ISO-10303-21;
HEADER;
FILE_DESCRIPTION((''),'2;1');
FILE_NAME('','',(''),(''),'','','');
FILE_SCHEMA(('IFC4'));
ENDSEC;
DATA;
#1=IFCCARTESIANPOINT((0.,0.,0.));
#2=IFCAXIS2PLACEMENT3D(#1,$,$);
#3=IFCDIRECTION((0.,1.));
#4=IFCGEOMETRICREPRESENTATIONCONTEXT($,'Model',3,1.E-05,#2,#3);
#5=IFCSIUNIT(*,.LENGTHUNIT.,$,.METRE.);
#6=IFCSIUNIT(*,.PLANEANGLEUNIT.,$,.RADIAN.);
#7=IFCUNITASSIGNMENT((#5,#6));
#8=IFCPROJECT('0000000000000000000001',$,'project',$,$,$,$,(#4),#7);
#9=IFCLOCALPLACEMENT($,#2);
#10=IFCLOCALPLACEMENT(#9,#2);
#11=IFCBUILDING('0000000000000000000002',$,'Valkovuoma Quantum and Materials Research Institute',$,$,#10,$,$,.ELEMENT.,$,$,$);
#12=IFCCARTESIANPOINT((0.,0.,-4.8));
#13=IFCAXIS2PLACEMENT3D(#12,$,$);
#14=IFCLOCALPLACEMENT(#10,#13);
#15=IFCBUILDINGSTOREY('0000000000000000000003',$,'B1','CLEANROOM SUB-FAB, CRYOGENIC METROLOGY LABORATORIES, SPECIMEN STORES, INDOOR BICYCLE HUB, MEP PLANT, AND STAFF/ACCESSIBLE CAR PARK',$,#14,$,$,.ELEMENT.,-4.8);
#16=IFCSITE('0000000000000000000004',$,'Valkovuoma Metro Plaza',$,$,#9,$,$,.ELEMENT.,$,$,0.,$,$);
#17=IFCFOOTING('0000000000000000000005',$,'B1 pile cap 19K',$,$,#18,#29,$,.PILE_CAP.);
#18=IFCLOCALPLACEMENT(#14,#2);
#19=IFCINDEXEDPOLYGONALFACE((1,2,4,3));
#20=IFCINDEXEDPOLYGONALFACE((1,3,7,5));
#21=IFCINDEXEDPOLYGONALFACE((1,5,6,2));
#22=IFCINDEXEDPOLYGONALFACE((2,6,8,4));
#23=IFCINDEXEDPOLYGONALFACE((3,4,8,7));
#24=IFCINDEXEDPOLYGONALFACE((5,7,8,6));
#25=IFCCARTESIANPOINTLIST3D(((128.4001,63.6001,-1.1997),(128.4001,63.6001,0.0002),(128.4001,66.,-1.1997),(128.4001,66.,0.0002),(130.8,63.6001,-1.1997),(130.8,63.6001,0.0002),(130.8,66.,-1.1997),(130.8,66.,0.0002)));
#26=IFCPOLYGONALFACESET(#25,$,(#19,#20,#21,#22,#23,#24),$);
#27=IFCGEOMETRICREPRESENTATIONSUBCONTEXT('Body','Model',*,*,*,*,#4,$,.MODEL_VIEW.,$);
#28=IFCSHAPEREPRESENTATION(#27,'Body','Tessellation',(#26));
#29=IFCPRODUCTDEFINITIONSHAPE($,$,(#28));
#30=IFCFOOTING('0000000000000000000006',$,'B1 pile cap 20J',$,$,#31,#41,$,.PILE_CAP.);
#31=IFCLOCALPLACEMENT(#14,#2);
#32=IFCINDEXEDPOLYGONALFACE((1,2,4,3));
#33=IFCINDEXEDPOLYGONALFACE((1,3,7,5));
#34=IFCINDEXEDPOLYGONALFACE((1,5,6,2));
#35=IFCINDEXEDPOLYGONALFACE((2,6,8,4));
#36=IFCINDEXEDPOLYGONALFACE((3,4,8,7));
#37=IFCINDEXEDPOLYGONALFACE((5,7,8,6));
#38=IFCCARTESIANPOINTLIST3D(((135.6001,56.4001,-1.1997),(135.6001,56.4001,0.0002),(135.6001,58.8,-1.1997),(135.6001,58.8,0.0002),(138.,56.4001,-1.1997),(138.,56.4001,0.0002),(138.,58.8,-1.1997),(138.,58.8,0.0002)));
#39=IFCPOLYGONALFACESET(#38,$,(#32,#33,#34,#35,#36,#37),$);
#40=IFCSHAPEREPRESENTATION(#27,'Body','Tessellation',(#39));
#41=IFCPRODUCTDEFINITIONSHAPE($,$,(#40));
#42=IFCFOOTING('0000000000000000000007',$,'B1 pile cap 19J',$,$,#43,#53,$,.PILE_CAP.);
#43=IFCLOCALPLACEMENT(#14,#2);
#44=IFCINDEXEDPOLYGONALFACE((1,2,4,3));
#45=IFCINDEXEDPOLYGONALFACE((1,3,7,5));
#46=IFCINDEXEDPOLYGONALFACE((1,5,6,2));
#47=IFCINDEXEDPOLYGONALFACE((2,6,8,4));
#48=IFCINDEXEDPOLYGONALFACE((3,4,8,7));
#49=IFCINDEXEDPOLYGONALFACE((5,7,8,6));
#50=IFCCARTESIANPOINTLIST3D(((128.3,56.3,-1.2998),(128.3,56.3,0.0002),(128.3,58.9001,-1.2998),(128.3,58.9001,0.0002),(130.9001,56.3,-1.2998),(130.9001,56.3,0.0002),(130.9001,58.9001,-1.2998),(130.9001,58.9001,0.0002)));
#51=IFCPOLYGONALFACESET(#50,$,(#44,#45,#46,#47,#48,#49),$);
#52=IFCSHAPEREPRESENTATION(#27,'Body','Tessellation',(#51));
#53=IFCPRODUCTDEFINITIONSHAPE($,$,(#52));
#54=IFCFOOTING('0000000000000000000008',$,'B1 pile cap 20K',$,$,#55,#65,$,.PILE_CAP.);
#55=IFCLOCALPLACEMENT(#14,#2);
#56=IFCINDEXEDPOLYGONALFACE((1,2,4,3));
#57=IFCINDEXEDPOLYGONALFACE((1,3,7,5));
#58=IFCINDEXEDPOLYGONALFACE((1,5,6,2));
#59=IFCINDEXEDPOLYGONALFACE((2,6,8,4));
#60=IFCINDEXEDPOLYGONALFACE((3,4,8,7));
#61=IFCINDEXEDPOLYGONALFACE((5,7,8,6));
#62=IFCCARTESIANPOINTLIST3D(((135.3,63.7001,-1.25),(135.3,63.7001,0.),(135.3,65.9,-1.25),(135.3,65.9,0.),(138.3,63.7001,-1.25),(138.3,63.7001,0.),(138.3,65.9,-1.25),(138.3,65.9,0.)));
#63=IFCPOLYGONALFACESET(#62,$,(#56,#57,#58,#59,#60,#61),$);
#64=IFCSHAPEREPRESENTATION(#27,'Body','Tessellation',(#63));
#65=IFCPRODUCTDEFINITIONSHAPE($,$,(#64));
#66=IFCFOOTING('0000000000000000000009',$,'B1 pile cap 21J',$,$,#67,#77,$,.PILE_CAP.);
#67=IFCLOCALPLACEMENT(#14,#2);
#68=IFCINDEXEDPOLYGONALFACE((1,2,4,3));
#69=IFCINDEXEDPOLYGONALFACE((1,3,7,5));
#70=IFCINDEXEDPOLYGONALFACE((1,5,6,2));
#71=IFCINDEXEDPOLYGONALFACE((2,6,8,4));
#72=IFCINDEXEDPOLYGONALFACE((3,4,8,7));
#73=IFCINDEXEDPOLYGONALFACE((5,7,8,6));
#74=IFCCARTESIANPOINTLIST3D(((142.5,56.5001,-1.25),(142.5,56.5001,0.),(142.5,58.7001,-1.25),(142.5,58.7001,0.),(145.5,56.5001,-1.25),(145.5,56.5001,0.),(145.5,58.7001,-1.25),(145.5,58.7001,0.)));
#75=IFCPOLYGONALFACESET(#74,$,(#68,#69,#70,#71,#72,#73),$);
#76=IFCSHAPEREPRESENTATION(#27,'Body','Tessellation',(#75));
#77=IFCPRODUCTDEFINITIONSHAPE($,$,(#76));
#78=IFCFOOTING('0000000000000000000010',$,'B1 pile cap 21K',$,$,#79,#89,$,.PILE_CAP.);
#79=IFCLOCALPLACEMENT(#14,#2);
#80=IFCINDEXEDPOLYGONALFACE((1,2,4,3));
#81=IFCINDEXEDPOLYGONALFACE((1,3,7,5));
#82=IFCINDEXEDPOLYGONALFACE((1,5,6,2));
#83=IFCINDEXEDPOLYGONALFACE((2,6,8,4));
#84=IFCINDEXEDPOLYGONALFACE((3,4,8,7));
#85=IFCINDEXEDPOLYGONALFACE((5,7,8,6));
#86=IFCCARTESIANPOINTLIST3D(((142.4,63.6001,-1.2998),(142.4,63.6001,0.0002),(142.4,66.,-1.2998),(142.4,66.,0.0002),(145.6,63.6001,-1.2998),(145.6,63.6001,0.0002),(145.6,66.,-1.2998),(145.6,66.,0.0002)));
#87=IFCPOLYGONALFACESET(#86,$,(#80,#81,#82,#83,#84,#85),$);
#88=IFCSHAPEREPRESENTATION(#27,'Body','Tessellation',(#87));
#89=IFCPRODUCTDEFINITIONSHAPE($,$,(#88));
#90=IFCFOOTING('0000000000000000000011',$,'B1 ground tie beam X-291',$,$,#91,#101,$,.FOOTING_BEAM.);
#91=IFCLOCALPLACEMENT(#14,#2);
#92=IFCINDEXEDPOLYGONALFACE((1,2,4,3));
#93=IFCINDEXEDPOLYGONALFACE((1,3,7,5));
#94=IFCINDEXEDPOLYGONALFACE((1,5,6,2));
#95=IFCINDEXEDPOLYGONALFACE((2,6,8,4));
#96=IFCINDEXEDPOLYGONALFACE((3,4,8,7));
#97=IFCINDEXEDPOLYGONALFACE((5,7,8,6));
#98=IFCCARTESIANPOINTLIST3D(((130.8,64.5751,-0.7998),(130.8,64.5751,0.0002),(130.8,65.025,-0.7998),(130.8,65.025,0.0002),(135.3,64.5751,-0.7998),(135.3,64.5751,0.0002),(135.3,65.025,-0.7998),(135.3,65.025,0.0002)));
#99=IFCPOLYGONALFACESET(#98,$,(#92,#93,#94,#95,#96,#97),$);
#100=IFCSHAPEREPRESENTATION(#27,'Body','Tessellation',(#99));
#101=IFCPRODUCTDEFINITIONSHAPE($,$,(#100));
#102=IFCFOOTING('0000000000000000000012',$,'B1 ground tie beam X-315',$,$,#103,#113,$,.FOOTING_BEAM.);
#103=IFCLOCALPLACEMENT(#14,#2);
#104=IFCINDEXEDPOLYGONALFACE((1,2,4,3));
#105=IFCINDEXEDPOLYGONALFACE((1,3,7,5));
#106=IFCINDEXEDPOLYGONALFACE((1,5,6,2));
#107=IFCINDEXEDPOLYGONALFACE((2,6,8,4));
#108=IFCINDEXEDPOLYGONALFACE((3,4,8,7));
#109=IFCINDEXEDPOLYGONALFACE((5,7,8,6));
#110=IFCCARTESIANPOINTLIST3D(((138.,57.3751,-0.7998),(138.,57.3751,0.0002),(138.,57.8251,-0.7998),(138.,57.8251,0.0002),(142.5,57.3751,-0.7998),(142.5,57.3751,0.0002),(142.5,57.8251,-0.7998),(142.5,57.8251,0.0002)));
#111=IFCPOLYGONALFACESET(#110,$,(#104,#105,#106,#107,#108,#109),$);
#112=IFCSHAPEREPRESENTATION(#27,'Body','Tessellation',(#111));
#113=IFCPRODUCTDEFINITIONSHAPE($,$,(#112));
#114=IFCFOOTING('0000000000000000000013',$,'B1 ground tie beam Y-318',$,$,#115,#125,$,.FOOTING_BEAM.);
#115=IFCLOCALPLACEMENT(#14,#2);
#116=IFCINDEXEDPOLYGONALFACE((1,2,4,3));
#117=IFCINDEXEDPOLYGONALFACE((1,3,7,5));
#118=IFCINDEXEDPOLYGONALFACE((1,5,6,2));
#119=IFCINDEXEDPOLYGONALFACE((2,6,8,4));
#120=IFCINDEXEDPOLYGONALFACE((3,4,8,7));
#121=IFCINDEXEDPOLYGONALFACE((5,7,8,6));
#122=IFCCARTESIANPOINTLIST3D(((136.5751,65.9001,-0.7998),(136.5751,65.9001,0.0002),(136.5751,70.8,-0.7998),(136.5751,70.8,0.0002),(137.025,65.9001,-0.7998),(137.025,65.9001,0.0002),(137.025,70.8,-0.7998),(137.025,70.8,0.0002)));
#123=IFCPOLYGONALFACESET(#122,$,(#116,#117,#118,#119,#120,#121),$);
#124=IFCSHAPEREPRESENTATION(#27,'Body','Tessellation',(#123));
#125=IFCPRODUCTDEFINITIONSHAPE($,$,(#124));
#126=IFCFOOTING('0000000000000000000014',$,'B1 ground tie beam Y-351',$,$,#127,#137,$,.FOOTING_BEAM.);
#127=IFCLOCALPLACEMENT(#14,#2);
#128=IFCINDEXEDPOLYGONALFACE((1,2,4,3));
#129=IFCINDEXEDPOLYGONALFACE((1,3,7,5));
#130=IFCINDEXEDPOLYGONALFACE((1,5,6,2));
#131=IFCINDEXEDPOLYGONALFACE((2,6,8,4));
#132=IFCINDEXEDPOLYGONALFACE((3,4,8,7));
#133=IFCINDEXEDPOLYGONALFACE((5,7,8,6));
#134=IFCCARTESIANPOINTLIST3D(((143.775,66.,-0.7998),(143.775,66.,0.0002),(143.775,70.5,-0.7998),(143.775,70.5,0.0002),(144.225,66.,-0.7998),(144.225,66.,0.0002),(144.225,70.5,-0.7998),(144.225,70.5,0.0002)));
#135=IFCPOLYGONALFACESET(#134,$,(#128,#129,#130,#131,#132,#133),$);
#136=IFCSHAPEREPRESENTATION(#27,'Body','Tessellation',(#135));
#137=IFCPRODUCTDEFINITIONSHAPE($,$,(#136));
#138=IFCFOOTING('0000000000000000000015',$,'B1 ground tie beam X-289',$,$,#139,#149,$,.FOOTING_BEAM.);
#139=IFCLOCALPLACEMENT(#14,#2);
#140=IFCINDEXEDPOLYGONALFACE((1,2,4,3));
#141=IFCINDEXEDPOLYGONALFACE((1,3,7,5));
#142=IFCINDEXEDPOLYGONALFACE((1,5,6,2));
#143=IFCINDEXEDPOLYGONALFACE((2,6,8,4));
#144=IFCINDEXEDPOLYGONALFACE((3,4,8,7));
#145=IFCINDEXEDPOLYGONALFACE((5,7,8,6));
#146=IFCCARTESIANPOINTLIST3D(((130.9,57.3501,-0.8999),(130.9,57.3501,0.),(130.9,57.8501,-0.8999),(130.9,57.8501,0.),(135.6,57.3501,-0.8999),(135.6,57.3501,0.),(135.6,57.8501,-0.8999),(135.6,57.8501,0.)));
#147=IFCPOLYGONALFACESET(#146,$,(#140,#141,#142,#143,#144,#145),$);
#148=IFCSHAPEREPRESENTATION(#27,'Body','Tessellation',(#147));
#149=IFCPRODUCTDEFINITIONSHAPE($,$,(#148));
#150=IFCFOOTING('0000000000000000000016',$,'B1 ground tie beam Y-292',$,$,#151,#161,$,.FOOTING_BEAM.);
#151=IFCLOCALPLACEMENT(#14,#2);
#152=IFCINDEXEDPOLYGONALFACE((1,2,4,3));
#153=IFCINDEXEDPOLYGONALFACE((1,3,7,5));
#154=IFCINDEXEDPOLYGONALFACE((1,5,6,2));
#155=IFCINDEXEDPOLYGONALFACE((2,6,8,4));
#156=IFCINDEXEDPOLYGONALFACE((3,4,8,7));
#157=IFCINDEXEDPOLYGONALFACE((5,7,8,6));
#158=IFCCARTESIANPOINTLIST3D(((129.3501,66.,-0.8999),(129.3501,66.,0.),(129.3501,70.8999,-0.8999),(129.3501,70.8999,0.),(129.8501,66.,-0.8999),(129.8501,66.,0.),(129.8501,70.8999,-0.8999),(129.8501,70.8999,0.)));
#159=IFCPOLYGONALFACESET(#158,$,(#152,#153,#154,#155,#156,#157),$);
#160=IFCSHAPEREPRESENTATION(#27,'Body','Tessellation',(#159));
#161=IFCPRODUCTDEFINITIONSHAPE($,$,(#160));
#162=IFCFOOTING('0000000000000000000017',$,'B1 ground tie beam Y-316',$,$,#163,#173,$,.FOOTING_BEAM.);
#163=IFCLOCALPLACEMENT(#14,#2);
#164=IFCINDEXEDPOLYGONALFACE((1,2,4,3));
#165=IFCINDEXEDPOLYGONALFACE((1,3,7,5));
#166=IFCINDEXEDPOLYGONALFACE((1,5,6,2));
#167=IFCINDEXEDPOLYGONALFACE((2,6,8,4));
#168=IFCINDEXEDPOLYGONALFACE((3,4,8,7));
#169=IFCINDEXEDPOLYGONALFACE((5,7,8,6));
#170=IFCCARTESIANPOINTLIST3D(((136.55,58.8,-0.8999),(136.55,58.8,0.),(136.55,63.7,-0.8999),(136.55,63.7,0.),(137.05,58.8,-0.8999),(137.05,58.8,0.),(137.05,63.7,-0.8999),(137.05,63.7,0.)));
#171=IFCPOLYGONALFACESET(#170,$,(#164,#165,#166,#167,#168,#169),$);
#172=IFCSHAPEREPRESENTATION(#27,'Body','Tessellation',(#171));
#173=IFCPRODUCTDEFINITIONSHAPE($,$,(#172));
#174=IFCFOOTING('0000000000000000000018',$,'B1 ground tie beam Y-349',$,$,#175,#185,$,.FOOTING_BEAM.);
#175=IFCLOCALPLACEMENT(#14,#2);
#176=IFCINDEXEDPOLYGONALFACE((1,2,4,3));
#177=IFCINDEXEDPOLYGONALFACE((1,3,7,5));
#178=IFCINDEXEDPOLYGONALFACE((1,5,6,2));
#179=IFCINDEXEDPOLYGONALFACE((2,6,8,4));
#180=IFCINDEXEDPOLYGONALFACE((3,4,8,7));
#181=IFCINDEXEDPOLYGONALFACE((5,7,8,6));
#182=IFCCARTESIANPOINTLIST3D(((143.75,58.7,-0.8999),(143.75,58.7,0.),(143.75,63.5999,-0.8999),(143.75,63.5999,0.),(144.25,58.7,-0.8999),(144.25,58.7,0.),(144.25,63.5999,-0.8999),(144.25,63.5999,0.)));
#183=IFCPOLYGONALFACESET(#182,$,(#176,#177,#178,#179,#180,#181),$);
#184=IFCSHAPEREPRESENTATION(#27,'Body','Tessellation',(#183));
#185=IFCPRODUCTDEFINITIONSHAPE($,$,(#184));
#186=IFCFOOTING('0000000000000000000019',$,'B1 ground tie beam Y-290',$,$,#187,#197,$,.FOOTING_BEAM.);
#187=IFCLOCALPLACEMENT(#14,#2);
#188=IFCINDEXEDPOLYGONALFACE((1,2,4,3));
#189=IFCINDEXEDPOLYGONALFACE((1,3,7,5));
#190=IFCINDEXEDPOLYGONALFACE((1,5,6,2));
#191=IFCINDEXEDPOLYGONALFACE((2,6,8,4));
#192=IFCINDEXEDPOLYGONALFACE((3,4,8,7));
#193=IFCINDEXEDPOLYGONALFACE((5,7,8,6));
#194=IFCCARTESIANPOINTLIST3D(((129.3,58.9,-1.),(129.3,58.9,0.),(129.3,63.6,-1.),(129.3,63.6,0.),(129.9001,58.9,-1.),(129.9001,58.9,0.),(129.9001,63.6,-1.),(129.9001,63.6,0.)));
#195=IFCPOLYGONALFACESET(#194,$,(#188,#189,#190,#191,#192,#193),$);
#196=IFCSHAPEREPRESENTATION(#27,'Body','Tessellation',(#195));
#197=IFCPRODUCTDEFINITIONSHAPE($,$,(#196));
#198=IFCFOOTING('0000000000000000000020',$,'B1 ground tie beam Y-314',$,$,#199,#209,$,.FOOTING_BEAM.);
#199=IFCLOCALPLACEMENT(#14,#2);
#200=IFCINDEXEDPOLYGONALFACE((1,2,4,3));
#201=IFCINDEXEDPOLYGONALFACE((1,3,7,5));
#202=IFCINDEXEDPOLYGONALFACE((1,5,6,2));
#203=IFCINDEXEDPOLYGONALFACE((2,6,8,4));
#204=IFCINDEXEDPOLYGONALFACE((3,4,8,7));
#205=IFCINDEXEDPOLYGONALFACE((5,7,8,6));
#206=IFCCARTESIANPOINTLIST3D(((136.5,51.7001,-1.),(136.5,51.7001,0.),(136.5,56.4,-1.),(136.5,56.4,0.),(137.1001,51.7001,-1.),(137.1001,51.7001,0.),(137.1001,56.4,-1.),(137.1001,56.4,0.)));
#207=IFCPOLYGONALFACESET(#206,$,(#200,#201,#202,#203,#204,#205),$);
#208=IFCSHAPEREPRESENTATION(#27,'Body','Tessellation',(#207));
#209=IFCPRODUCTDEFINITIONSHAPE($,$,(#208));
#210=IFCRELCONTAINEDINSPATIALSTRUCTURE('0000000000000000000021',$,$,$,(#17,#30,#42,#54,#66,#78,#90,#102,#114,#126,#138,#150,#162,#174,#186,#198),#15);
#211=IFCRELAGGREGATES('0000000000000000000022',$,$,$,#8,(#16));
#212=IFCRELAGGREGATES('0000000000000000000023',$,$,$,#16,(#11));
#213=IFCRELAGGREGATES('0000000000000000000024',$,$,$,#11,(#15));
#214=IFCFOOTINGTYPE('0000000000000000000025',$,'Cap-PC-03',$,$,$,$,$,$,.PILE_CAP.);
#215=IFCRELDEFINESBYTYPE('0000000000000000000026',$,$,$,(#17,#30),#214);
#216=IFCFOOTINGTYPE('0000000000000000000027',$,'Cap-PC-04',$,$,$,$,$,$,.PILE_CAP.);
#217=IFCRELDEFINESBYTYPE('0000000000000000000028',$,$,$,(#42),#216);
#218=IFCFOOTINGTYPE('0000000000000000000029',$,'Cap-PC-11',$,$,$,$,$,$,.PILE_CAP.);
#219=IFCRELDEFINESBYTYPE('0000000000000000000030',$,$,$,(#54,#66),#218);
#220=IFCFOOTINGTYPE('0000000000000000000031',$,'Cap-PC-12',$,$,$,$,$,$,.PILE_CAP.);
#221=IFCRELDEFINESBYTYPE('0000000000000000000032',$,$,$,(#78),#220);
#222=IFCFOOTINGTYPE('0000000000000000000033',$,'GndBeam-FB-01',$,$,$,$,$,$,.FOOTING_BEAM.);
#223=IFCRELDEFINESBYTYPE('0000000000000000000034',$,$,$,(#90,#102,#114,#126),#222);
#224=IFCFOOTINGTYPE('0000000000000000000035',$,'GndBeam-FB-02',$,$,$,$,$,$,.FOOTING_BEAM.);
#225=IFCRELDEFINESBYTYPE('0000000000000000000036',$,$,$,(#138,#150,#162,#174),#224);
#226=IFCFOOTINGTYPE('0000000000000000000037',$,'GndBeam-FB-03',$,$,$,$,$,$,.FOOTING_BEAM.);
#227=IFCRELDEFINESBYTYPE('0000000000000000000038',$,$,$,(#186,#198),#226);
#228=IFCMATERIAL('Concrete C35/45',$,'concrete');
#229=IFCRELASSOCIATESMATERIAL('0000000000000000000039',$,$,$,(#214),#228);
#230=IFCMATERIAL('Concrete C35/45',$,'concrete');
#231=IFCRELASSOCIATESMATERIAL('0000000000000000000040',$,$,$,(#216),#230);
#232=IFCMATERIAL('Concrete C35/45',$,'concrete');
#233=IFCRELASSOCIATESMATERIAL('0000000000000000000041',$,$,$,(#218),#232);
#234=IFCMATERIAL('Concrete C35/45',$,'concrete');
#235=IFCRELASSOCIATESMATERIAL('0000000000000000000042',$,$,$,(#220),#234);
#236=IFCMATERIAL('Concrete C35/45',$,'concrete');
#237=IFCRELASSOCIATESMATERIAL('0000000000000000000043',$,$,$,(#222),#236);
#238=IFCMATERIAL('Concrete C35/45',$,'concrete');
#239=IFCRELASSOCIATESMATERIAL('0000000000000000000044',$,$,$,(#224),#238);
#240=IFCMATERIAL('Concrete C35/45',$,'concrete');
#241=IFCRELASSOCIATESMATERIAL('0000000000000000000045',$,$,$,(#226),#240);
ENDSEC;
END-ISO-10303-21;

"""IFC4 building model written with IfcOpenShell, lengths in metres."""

from ifc_helpers import new_model, si_unit, direction, frame, origin, origin_2d, place, context, subcontext, project, spatial, rectangle, extrude, material, type_object, element, save


model = new_model("IFC4")

# Units and contexts
model_context = context("Model", 3, precision=1e-05, world=origin(), true_north=direction((0.0, 1.0)))
body_context = subcontext(model_context, "Body", "Model", "MODEL_VIEW")
ifc_project = project(units=[si_unit("LENGTHUNIT", "METRE"), si_unit("PLANEANGLEUNIT", "RADIAN")], contexts=[model_context])

# Site, building, storey
site_placement = place(None, origin())
site = spatial("IfcSite", under=ifc_project, at=site_placement, Name="Valkovuoma Metro Plaza", CompositionType="ELEMENT", RefElevation=0.0)
building_placement = place(site_placement, origin())
building = spatial("IfcBuilding", under=site, at=building_placement, Name="Valkovuoma Quantum and Materials Research Institute", CompositionType="ELEMENT")
storey_placement = place(building_placement, frame((0.0, 0.0, -4.8)))
storey = spatial("IfcBuildingStorey", under=building, at=storey_placement, Name="B1", Description="CLEANROOM SUB-FAB, CRYOGENIC METROLOGY LABORATORIES, SPECIMEN STORES, INDOOR BICYCLE HUB, MEP PLANT, AND STAFF/ACCESSIBLE CAR PARK", CompositionType="ELEMENT", Elevation=-4.8)

# Footings
ifc_material_1 = material(Name="Concrete C35/45", Category="concrete")
footing_type_1 = type_object("IfcFootingType", Name="Cap-PC-03", PredefinedType="PILE_CAP", material=ifc_material_1)
for number, where, z_axis, x_axis, name in (
    (1, (129.6001, 64.8, -1.1997), (0.0, 0.0, 1.0), (1.0, 0.0, 0.0), "B1 pile cap 19K"),
    (2, (136.8, 57.6001, -1.1997), (0.0, 0.0, 1.0), (1.0, 0.0, 0.0), "B1 pile cap 20J"),
):
    element("IfcFooting", number, at=place(storey_placement, frame(where, z_axis=z_axis, x_axis=x_axis)), inside=storey, type_object=footing_type_1, Name=name, PredefinedType="PILE_CAP", context=body_context, shape_type="SweptSolid", body=[
        extrude(rectangle(XDim=2.3999, YDim=2.3999, at=origin_2d()), origin(), (0.0, 0.0, 1.0), 1.2),
    ])
ifc_material_2 = material(Name="Concrete C35/45", Category="concrete")
footing_type_2 = type_object("IfcFootingType", Name="Cap-PC-04", PredefinedType="PILE_CAP", material=ifc_material_2)
footing_1_placement = place(storey_placement, frame((129.6001, 57.6001, -1.2998), z_axis=(0.0, 0.0, 1.0), x_axis=(1.0, 0.0, 0.0)))
element("IfcFooting", 3, at=footing_1_placement, inside=storey, type_object=footing_type_2, Name="B1 pile cap 19J", PredefinedType="PILE_CAP", context=body_context, shape_type="SweptSolid", body=[
    extrude(rectangle(XDim=2.6001, YDim=2.6001, at=origin_2d()), origin(), (0.0, 0.0, 1.0), 1.3),
])
ifc_material_3 = material(Name="Concrete C35/45", Category="concrete")
footing_type_3 = type_object("IfcFootingType", Name="Cap-PC-11", PredefinedType="PILE_CAP", material=ifc_material_3)
for number, where, z_axis, x_axis, name in (
    (4, (136.8, 64.8, -1.25), (0.0, 0.0, 1.0), (1.0, 0.0, 0.0), "B1 pile cap 20K"),
    (5, (144.0, 57.6001, -1.25), (0.0, 0.0, 1.0), (1.0, 0.0, 0.0), "B1 pile cap 21J"),
):
    element("IfcFooting", number, at=place(storey_placement, frame(where, z_axis=z_axis, x_axis=x_axis)), inside=storey, type_object=footing_type_3, Name=name, PredefinedType="PILE_CAP", context=body_context, shape_type="SweptSolid", body=[
        extrude(rectangle(XDim=3.0, YDim=2.2, at=origin_2d()), origin(), (0.0, 0.0, 1.0), 1.25),
    ])
ifc_material_4 = material(Name="Concrete C35/45", Category="concrete")
footing_type_4 = type_object("IfcFootingType", Name="Cap-PC-12", PredefinedType="PILE_CAP", material=ifc_material_4)
footing_2_placement = place(storey_placement, frame((144.0, 64.8, -1.2998), z_axis=(0.0, 0.0, 1.0), x_axis=(1.0, 0.0, 0.0)))
element("IfcFooting", 6, at=footing_2_placement, inside=storey, type_object=footing_type_4, Name="B1 pile cap 21K", PredefinedType="PILE_CAP", context=body_context, shape_type="SweptSolid", body=[
    extrude(rectangle(XDim=3.2, YDim=2.3999, at=origin_2d()), origin(), (0.0, 0.0, 1.0), 1.3),
])
ifc_material_5 = material(Name="Concrete C35/45", Category="concrete")
footing_type_5 = type_object("IfcFootingType", Name="GndBeam-FB-01", PredefinedType="FOOTING_BEAM", material=ifc_material_5)
for number, where, z_axis, x_axis, name in (
    (7, (133.05, 64.8, -0.7998), (0.0, 0.0, 1.0), (1.0, 0.0, 0.0), "B1 ground tie beam X-291"),
    (8, (140.25, 57.6001, -0.7998), (0.0, 0.0, 1.0), (1.0, 0.0, 0.0), "B1 ground tie beam X-315"),
):
    element("IfcFooting", number, at=place(storey_placement, frame(where, z_axis=z_axis, x_axis=x_axis)), inside=storey, type_object=footing_type_5, Name=name, PredefinedType="FOOTING_BEAM", context=body_context, shape_type="SweptSolid", body=[
        extrude(rectangle(XDim=4.5, YDim=0.45, at=origin_2d()), origin(), (0.0, 0.0, 1.0), 0.8),
    ])
footing_3_placement = place(storey_placement, frame((136.8, 68.3501, -0.7998), z_axis=(0.0, 0.0, 1.0), x_axis=(0.0, 1.0, 0.0)))
element("IfcFooting", 9, at=footing_3_placement, inside=storey, type_object=footing_type_5, Name="B1 ground tie beam Y-318", PredefinedType="FOOTING_BEAM", context=body_context, shape_type="SweptSolid", body=[
    extrude(rectangle(XDim=4.8999, YDim=0.45, at=origin_2d()), origin(), (0.0, 0.0, 1.0), 0.8),
])
footing_4_placement = place(storey_placement, frame((144.0, 68.25, -0.7998), z_axis=(0.0, 0.0, 1.0), x_axis=(0.0, 1.0, 0.0)))
element("IfcFooting", 10, at=footing_4_placement, inside=storey, type_object=footing_type_5, Name="B1 ground tie beam Y-351", PredefinedType="FOOTING_BEAM", context=body_context, shape_type="SweptSolid", body=[
    extrude(rectangle(XDim=4.5, YDim=0.45, at=origin_2d()), origin(), (0.0, 0.0, 1.0), 0.8),
])
ifc_material_6 = material(Name="Concrete C35/45", Category="concrete")
footing_type_6 = type_object("IfcFootingType", Name="GndBeam-FB-02", PredefinedType="FOOTING_BEAM", material=ifc_material_6)
footing_5_placement = place(storey_placement, frame((133.25, 57.6001, -0.8999), z_axis=(0.0, 0.0, 1.0), x_axis=(1.0, 0.0, 0.0)))
element("IfcFooting", 11, at=footing_5_placement, inside=storey, type_object=footing_type_6, Name="B1 ground tie beam X-289", PredefinedType="FOOTING_BEAM", context=body_context, shape_type="SweptSolid", body=[
    extrude(rectangle(XDim=4.7, YDim=0.5, at=origin_2d()), origin(), (0.0, 0.0, 1.0), 0.8999),
])
for number, where, z_axis, x_axis, name in (
    (12, (129.6001, 68.45, -0.8999), (0.0, 0.0, 1.0), (0.0, 1.0, 0.0), "B1 ground tie beam Y-292"),
    (13, (136.8, 61.25, -0.8999), (0.0, 0.0, 1.0), (0.0, 1.0, 0.0), "B1 ground tie beam Y-316"),
    (14, (144.0, 61.1499, -0.8999), (0.0, 0.0, 1.0), (0.0, 1.0, 0.0), "B1 ground tie beam Y-349"),
):
    element("IfcFooting", number, at=place(storey_placement, frame(where, z_axis=z_axis, x_axis=x_axis)), inside=storey, type_object=footing_type_6, Name=name, PredefinedType="FOOTING_BEAM", context=body_context, shape_type="SweptSolid", body=[
        extrude(rectangle(XDim=4.8999, YDim=0.5, at=origin_2d()), origin(), (0.0, 0.0, 1.0), 0.8999),
    ])
ifc_material_7 = material(Name="Concrete C35/45", Category="concrete")
footing_type_7 = type_object("IfcFootingType", Name="GndBeam-FB-03", PredefinedType="FOOTING_BEAM", material=ifc_material_7)
for number, where, z_axis, x_axis, name in (
    (15, (129.6001, 61.25, -1.0), (0.0, 0.0, 1.0), (0.0, 1.0, 0.0), "B1 ground tie beam Y-290"),
    (16, (136.8, 54.05, -1.0), (0.0, 0.0, 1.0), (0.0, 1.0, 0.0), "B1 ground tie beam Y-314"),
):
    element("IfcFooting", number, at=place(storey_placement, frame(where, z_axis=z_axis, x_axis=x_axis)), inside=storey, type_object=footing_type_7, Name=name, PredefinedType="FOOTING_BEAM", context=body_context, shape_type="SweptSolid", body=[
        extrude(rectangle(XDim=4.7, YDim=0.6001, at=origin_2d()), origin(), (0.0, 0.0, 1.0), 1.0),
    ])

save(model, "model.ifc")
